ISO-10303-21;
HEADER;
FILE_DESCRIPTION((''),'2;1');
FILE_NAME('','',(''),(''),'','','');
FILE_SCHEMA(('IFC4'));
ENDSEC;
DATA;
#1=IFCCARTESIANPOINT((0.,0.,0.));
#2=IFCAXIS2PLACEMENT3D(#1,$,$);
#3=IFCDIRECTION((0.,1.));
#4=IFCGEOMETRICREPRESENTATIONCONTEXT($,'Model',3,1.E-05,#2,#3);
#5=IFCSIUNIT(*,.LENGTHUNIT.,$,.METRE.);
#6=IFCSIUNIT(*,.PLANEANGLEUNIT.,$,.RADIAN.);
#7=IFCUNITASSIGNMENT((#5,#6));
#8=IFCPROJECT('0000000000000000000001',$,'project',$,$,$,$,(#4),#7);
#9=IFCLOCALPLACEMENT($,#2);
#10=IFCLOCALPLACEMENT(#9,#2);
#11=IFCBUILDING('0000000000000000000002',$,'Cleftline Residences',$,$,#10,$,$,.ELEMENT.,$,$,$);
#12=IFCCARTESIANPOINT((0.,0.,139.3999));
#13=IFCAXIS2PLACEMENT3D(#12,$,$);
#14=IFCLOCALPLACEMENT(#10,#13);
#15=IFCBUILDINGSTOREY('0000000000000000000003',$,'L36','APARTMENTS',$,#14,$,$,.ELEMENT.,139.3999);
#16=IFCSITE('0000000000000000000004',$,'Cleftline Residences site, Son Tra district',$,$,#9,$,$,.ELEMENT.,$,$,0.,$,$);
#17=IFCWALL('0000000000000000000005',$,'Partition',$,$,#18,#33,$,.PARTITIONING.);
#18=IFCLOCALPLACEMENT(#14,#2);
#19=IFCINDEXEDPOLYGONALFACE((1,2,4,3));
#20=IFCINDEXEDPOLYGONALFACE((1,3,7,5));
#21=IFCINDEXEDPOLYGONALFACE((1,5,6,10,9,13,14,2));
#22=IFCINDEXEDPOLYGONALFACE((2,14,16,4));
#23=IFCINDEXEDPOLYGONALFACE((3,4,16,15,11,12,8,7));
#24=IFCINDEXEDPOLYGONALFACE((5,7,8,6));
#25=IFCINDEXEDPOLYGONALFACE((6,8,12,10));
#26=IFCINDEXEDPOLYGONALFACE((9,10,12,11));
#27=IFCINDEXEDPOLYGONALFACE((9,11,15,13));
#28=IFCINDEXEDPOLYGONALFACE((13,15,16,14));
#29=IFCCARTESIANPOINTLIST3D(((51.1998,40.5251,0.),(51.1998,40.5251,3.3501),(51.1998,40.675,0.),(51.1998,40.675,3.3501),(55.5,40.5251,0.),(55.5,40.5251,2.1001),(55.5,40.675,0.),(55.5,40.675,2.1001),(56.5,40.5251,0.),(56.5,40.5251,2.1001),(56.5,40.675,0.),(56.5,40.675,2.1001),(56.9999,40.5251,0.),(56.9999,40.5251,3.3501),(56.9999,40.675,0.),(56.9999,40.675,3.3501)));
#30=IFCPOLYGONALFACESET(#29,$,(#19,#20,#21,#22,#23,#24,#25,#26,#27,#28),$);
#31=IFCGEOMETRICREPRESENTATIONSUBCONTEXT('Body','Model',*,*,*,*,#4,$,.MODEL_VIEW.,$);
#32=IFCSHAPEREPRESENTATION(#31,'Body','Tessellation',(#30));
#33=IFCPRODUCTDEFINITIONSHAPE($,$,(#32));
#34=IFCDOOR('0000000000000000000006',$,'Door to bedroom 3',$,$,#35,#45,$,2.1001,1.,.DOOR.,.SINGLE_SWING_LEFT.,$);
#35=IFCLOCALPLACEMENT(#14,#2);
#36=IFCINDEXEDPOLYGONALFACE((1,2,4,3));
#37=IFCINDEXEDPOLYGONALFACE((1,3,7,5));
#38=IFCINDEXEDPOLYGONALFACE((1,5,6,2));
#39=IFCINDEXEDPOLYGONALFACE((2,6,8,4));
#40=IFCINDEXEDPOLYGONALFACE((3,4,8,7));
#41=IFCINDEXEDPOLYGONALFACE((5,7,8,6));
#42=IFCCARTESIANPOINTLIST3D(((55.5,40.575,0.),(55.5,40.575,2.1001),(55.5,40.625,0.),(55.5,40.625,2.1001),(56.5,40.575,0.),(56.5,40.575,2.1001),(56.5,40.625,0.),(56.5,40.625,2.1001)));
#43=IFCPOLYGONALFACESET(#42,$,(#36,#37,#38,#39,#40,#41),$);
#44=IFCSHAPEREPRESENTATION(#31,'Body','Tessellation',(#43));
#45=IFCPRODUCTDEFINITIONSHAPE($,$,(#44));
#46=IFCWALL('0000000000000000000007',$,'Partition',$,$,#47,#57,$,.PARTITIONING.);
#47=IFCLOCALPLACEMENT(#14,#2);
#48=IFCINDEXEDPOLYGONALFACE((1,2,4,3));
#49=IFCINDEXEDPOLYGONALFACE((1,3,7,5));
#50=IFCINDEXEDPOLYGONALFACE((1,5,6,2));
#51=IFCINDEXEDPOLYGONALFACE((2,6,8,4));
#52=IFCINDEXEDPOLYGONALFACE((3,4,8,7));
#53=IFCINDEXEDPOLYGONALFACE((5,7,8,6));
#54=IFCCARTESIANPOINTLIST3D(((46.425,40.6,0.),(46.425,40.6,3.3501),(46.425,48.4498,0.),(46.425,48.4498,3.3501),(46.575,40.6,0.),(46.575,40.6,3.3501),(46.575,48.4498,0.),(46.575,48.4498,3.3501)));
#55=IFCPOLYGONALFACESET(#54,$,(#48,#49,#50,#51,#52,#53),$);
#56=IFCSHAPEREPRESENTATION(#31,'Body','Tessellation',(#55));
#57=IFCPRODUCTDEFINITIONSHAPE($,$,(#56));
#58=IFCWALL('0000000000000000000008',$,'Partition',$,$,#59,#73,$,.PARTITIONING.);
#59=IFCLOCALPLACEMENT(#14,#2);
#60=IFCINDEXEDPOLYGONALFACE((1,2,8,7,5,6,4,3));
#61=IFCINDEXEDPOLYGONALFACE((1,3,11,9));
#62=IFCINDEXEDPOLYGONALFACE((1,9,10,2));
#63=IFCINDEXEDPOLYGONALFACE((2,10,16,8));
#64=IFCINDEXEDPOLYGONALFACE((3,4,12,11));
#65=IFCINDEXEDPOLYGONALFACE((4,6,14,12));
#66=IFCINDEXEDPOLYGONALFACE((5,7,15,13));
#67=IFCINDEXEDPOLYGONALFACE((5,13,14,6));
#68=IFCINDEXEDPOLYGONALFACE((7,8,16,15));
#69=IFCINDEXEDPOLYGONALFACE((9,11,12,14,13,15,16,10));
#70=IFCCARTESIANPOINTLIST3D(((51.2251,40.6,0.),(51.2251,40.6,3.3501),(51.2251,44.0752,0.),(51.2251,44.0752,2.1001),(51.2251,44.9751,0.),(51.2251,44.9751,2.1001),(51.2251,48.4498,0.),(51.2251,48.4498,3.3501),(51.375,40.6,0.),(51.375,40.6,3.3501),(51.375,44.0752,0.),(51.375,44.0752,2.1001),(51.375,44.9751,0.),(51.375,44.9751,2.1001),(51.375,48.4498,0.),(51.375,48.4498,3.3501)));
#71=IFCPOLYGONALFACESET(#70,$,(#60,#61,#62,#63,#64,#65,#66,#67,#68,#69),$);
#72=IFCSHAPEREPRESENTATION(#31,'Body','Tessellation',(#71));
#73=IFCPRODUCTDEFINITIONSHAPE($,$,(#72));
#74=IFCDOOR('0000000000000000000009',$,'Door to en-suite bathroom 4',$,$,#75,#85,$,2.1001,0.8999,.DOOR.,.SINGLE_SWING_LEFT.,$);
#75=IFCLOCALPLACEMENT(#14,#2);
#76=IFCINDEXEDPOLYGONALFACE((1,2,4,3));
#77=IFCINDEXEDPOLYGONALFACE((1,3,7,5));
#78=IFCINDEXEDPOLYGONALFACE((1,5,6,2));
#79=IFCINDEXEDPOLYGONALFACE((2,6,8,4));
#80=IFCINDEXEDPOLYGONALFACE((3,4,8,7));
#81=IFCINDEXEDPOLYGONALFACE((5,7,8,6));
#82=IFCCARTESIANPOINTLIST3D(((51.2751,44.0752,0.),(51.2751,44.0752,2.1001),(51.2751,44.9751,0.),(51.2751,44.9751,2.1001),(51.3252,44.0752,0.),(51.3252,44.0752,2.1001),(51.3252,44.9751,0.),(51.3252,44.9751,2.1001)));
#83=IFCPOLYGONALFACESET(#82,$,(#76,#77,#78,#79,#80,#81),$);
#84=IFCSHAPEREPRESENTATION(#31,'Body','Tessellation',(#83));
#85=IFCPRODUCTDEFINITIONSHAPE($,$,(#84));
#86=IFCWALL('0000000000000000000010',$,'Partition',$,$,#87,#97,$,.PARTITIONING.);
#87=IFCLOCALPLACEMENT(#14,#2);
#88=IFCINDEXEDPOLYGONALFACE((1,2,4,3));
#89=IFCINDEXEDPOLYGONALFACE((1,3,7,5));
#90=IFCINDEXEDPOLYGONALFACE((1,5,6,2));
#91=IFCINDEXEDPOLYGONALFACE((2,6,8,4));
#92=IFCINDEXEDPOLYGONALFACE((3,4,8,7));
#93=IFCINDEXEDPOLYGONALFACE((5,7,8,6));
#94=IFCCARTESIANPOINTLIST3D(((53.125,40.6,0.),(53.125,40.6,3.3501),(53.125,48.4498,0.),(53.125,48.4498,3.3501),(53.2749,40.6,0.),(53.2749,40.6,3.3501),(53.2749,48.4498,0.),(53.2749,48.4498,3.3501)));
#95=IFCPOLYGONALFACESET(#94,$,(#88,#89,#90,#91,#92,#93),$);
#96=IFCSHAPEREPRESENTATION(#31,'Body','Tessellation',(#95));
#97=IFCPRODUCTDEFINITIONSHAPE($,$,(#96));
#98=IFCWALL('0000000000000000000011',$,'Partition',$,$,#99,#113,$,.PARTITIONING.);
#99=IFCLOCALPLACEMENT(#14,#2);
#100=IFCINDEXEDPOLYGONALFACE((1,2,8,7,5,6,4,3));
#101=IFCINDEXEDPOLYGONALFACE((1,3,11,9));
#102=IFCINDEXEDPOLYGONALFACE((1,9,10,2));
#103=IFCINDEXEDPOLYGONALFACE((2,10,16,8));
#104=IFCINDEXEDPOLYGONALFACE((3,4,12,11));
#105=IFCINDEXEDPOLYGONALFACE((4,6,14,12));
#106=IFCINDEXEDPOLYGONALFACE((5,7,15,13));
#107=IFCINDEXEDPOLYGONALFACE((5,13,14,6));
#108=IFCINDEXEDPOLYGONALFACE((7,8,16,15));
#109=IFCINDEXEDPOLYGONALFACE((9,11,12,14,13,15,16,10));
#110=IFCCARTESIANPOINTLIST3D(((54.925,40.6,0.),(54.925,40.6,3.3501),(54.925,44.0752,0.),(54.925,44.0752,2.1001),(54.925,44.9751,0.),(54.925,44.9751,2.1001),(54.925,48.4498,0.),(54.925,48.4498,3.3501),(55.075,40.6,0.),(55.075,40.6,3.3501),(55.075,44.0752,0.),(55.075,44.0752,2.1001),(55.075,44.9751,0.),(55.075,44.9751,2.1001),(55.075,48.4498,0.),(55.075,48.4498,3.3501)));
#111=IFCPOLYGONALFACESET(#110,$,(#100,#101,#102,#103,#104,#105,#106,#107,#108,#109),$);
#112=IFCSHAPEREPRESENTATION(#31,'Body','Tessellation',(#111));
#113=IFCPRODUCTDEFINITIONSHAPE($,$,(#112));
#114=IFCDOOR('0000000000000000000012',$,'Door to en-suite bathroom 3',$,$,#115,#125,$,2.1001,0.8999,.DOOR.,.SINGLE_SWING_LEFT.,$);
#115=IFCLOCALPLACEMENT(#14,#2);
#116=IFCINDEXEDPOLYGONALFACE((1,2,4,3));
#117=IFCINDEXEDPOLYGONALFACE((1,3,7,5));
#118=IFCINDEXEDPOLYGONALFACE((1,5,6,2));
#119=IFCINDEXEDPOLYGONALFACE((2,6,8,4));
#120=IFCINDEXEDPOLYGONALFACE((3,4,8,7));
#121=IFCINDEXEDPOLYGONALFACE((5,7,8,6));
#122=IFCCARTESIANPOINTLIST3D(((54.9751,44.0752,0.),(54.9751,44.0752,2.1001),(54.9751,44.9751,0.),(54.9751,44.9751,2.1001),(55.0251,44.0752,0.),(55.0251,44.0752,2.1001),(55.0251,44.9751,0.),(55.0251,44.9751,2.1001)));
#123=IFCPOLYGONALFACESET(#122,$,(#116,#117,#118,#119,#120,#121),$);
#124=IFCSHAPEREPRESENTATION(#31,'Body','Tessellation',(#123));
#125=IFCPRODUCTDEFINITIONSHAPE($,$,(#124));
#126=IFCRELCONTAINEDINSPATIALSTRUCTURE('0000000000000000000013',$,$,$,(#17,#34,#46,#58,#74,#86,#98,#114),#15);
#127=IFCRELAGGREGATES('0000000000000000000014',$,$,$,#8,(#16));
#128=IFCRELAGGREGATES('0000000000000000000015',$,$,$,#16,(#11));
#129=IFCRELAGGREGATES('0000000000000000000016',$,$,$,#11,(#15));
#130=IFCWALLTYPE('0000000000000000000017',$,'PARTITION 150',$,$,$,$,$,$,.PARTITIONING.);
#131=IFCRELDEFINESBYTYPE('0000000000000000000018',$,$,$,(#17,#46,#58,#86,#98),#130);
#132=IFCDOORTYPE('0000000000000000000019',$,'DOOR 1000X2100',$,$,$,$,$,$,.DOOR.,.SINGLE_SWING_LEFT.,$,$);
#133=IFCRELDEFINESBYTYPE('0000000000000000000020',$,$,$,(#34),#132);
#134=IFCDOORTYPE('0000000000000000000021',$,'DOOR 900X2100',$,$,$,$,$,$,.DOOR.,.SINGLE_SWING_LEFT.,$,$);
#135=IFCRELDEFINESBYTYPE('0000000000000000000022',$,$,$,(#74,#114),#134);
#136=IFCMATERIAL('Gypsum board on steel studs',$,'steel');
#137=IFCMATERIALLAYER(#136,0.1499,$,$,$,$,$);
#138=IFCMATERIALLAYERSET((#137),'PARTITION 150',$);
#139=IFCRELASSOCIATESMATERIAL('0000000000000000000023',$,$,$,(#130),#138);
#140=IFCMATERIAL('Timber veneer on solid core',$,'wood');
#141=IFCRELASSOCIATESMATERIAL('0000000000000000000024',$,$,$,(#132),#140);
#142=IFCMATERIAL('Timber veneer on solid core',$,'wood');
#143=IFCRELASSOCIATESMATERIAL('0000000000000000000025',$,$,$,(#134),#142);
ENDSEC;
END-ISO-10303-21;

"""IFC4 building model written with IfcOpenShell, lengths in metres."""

from ifc_helpers import new_model, si_unit, direction, frame, frame_2d, origin, place, context, subcontext, project, spatial, rectangle, extrude, material, layer, layer_set, type_object, element, fill, save


model = new_model("IFC4")

# Units and contexts
model_context = context("Model", 3, precision=1e-05, world=origin(), true_north=direction((0.0, 1.0)))
body_context = subcontext(model_context, "Body", "Model", "MODEL_VIEW")
ifc_project = project(units=[si_unit("LENGTHUNIT", "METRE"), si_unit("PLANEANGLEUNIT", "RADIAN")], contexts=[model_context])

# Site, building, storey
site_placement = place(None, origin())
site = spatial("IfcSite", under=ifc_project, at=site_placement, Name="Cleftline Residences site, Son Tra district", CompositionType="ELEMENT", RefElevation=0.0)
building_placement = place(site_placement, origin())
building = spatial("IfcBuilding", under=site, at=building_placement, Name="Cleftline Residences", CompositionType="ELEMENT")
storey_placement = place(building_placement, frame((0.0, 0.0, 139.3999)))
storey = spatial("IfcBuildingStorey", under=building, at=storey_placement, Name="L36", Description="APARTMENTS", CompositionType="ELEMENT", Elevation=139.3999)

# Shared definitions
ifc_material_1 = material(Name="Gypsum board on steel studs", Category="steel")
ifc_layer = layer(ifc_material_1, 0.1499)
ifc_layer_set = layer_set([ifc_layer], Name="PARTITION 150")
wall_type = type_object("IfcWallType", Name="PARTITION 150", PredefinedType="PARTITIONING", material=ifc_layer_set)
ifc_material_2 = material(Name="Timber veneer on solid core", Category="wood")
door_type_1 = type_object("IfcDoorType", Name="DOOR 1000X2100", OperationType="SINGLE_SWING_LEFT", PredefinedType="DOOR", material=ifc_material_2)

# Wall, opening, door
wall_1_placement = place(storey_placement, frame((51.2, 40.6001, 0.0), z_axis=(0.0, 0.0, 1.0), x_axis=(1.0, 0.0, 0.0)))
wall_1 = element("IfcWall", 1, at=wall_1_placement, inside=storey, type_object=wall_type, Name="Partition", PredefinedType="PARTITIONING", context=body_context, shape_type="SweptSolid", body=[
    extrude(rectangle(XDim=5.8, YDim=0.1499, at=frame_2d((2.8999, 0.0))), origin(), (0.0, 0.0, 1.0), 3.3501),
])
opening_1_placement = place(wall_1_placement, frame((4.3, 0.0, 0.0)))
opening_1 = element("IfcOpeningElement", 2, at=opening_1_placement, cuts=wall_1, PredefinedType="OPENING", context=body_context, shape_type="SweptSolid", body=[
    extrude(rectangle(XDim=1.0, YDim=2.1001, at=frame_2d((0.5, 1.05))), frame((0.0, 0.085, 0.0), z_axis=(0.0, -1.0, 0.0), x_axis=(1.0, 0.0, 0.0)), (0.0, 0.0, 1.0), 0.1699),
])
door_1_placement = place(opening_1_placement, origin())
door_1 = element("IfcDoor", 3, at=door_1_placement, inside=storey, type_object=door_type_1, Name="Door to bedroom 3", OperationType="SINGLE_SWING_LEFT", OverallHeight=2.1001, OverallWidth=1.0, PredefinedType="DOOR", context=body_context, shape_type="SweptSolid", body=[
    extrude(rectangle(XDim=1.0, YDim=2.1001, at=frame_2d((0.5, 1.05))), frame((0.0, 0.0249, 0.0), z_axis=(0.0, -1.0, 0.0), x_axis=(1.0, 0.0, 0.0)), (0.0, 0.0, 1.0), 0.05),
])
fill(opening_1, door_1)

# Wall
wall_2_placement = place(storey_placement, frame((46.5, 40.6001, 0.0), z_axis=(0.0, 0.0, 1.0), x_axis=(0.0, 1.0, 0.0)))
element("IfcWall", 4, at=wall_2_placement, inside=storey, type_object=wall_type, Name="Partition", PredefinedType="PARTITIONING", context=body_context, shape_type="SweptSolid", body=[
    extrude(rectangle(XDim=7.8499, YDim=0.1499, at=frame_2d((3.9248, 0.0))), origin(), (0.0, 0.0, 1.0), 3.3501),
])

# Wall, opening, door
wall_3_placement = place(storey_placement, frame((51.3, 40.6001, 0.0), z_axis=(0.0, 0.0, 1.0), x_axis=(0.0, 1.0, 0.0)))
wall_3 = element("IfcWall", 5, at=wall_3_placement, inside=storey, type_object=wall_type, Name="Partition", PredefinedType="PARTITIONING", context=body_context, shape_type="SweptSolid", body=[
    extrude(rectangle(XDim=7.8499, YDim=0.1499, at=frame_2d((3.9248, 0.0))), origin(), (0.0, 0.0, 1.0), 3.3501),
])
opening_2_placement = place(wall_3_placement, frame((3.4751, 0.0, 0.0)))
opening_2 = element("IfcOpeningElement", 6, at=opening_2_placement, cuts=wall_3, PredefinedType="OPENING", context=body_context, shape_type="SweptSolid", body=[
    extrude(rectangle(XDim=0.8999, YDim=2.1001, at=frame_2d((0.45, 1.05))), frame((0.0, 0.085, 0.0), z_axis=(0.0, -1.0, 0.0), x_axis=(1.0, 0.0, 0.0)), (0.0, 0.0, 1.0), 0.1699),
])
ifc_material_3 = material(Name="Timber veneer on solid core", Category="wood")
door_type_2 = type_object("IfcDoorType", Name="DOOR 900X2100", OperationType="SINGLE_SWING_LEFT", PredefinedType="DOOR", material=ifc_material_3)
door_2_placement = place(opening_2_placement, origin())
door_2 = element("IfcDoor", 7, at=door_2_placement, inside=storey, type_object=door_type_2, Name="Door to en-suite bathroom 4", OperationType="SINGLE_SWING_LEFT", OverallHeight=2.1001, OverallWidth=0.8999, PredefinedType="DOOR", context=body_context, shape_type="SweptSolid", body=[
    extrude(rectangle(XDim=0.8999, YDim=2.1001, at=frame_2d((0.45, 1.05))), frame((0.0, 0.0249, 0.0), z_axis=(0.0, -1.0, 0.0), x_axis=(1.0, 0.0, 0.0)), (0.0, 0.0, 1.0), 0.05),
])
fill(opening_2, door_2)

# Wall
wall_4_placement = place(storey_placement, frame((53.2, 40.6001, 0.0), z_axis=(0.0, 0.0, 1.0), x_axis=(0.0, 1.0, 0.0)))
element("IfcWall", 8, at=wall_4_placement, inside=storey, type_object=wall_type, Name="Partition", PredefinedType="PARTITIONING", context=body_context, shape_type="SweptSolid", body=[
    extrude(rectangle(XDim=7.8499, YDim=0.1499, at=frame_2d((3.9248, 0.0))), origin(), (0.0, 0.0, 1.0), 3.3501),
])

# Wall, opening, door
wall_5_placement = place(storey_placement, frame((55.0, 40.6001, 0.0), z_axis=(0.0, 0.0, 1.0), x_axis=(0.0, 1.0, 0.0)))
wall_5 = element("IfcWall", 9, at=wall_5_placement, inside=storey, type_object=wall_type, Name="Partition", PredefinedType="PARTITIONING", context=body_context, shape_type="SweptSolid", body=[
    extrude(rectangle(XDim=7.8499, YDim=0.1499, at=frame_2d((3.9248, 0.0))), origin(), (0.0, 0.0, 1.0), 3.3501),
])
opening_3_placement = place(wall_5_placement, frame((3.4751, 0.0, 0.0)))
opening_3 = element("IfcOpeningElement", 10, at=opening_3_placement, cuts=wall_5, PredefinedType="OPENING", context=body_context, shape_type="SweptSolid", body=[
    extrude(rectangle(XDim=0.8999, YDim=2.1001, at=frame_2d((0.45, 1.05))), frame((0.0, 0.085, 0.0), z_axis=(0.0, -1.0, 0.0), x_axis=(1.0, 0.0, 0.0)), (0.0, 0.0, 1.0), 0.1699),
])
door_3_placement = place(opening_3_placement, origin())
door_3 = element("IfcDoor", 11, at=door_3_placement, inside=storey, type_object=door_type_2, Name="Door to en-suite bathroom 3", OperationType="SINGLE_SWING_LEFT", OverallHeight=2.1001, OverallWidth=0.8999, PredefinedType="DOOR", context=body_context, shape_type="SweptSolid", body=[
    extrude(rectangle(XDim=0.8999, YDim=2.1001, at=frame_2d((0.45, 1.05))), frame((0.0, 0.0249, 0.0), z_axis=(0.0, -1.0, 0.0), x_axis=(1.0, 0.0, 0.0)), (0.0, 0.0, 1.0), 0.05),
])
fill(opening_3, door_3)

save(model, "model.ifc")
